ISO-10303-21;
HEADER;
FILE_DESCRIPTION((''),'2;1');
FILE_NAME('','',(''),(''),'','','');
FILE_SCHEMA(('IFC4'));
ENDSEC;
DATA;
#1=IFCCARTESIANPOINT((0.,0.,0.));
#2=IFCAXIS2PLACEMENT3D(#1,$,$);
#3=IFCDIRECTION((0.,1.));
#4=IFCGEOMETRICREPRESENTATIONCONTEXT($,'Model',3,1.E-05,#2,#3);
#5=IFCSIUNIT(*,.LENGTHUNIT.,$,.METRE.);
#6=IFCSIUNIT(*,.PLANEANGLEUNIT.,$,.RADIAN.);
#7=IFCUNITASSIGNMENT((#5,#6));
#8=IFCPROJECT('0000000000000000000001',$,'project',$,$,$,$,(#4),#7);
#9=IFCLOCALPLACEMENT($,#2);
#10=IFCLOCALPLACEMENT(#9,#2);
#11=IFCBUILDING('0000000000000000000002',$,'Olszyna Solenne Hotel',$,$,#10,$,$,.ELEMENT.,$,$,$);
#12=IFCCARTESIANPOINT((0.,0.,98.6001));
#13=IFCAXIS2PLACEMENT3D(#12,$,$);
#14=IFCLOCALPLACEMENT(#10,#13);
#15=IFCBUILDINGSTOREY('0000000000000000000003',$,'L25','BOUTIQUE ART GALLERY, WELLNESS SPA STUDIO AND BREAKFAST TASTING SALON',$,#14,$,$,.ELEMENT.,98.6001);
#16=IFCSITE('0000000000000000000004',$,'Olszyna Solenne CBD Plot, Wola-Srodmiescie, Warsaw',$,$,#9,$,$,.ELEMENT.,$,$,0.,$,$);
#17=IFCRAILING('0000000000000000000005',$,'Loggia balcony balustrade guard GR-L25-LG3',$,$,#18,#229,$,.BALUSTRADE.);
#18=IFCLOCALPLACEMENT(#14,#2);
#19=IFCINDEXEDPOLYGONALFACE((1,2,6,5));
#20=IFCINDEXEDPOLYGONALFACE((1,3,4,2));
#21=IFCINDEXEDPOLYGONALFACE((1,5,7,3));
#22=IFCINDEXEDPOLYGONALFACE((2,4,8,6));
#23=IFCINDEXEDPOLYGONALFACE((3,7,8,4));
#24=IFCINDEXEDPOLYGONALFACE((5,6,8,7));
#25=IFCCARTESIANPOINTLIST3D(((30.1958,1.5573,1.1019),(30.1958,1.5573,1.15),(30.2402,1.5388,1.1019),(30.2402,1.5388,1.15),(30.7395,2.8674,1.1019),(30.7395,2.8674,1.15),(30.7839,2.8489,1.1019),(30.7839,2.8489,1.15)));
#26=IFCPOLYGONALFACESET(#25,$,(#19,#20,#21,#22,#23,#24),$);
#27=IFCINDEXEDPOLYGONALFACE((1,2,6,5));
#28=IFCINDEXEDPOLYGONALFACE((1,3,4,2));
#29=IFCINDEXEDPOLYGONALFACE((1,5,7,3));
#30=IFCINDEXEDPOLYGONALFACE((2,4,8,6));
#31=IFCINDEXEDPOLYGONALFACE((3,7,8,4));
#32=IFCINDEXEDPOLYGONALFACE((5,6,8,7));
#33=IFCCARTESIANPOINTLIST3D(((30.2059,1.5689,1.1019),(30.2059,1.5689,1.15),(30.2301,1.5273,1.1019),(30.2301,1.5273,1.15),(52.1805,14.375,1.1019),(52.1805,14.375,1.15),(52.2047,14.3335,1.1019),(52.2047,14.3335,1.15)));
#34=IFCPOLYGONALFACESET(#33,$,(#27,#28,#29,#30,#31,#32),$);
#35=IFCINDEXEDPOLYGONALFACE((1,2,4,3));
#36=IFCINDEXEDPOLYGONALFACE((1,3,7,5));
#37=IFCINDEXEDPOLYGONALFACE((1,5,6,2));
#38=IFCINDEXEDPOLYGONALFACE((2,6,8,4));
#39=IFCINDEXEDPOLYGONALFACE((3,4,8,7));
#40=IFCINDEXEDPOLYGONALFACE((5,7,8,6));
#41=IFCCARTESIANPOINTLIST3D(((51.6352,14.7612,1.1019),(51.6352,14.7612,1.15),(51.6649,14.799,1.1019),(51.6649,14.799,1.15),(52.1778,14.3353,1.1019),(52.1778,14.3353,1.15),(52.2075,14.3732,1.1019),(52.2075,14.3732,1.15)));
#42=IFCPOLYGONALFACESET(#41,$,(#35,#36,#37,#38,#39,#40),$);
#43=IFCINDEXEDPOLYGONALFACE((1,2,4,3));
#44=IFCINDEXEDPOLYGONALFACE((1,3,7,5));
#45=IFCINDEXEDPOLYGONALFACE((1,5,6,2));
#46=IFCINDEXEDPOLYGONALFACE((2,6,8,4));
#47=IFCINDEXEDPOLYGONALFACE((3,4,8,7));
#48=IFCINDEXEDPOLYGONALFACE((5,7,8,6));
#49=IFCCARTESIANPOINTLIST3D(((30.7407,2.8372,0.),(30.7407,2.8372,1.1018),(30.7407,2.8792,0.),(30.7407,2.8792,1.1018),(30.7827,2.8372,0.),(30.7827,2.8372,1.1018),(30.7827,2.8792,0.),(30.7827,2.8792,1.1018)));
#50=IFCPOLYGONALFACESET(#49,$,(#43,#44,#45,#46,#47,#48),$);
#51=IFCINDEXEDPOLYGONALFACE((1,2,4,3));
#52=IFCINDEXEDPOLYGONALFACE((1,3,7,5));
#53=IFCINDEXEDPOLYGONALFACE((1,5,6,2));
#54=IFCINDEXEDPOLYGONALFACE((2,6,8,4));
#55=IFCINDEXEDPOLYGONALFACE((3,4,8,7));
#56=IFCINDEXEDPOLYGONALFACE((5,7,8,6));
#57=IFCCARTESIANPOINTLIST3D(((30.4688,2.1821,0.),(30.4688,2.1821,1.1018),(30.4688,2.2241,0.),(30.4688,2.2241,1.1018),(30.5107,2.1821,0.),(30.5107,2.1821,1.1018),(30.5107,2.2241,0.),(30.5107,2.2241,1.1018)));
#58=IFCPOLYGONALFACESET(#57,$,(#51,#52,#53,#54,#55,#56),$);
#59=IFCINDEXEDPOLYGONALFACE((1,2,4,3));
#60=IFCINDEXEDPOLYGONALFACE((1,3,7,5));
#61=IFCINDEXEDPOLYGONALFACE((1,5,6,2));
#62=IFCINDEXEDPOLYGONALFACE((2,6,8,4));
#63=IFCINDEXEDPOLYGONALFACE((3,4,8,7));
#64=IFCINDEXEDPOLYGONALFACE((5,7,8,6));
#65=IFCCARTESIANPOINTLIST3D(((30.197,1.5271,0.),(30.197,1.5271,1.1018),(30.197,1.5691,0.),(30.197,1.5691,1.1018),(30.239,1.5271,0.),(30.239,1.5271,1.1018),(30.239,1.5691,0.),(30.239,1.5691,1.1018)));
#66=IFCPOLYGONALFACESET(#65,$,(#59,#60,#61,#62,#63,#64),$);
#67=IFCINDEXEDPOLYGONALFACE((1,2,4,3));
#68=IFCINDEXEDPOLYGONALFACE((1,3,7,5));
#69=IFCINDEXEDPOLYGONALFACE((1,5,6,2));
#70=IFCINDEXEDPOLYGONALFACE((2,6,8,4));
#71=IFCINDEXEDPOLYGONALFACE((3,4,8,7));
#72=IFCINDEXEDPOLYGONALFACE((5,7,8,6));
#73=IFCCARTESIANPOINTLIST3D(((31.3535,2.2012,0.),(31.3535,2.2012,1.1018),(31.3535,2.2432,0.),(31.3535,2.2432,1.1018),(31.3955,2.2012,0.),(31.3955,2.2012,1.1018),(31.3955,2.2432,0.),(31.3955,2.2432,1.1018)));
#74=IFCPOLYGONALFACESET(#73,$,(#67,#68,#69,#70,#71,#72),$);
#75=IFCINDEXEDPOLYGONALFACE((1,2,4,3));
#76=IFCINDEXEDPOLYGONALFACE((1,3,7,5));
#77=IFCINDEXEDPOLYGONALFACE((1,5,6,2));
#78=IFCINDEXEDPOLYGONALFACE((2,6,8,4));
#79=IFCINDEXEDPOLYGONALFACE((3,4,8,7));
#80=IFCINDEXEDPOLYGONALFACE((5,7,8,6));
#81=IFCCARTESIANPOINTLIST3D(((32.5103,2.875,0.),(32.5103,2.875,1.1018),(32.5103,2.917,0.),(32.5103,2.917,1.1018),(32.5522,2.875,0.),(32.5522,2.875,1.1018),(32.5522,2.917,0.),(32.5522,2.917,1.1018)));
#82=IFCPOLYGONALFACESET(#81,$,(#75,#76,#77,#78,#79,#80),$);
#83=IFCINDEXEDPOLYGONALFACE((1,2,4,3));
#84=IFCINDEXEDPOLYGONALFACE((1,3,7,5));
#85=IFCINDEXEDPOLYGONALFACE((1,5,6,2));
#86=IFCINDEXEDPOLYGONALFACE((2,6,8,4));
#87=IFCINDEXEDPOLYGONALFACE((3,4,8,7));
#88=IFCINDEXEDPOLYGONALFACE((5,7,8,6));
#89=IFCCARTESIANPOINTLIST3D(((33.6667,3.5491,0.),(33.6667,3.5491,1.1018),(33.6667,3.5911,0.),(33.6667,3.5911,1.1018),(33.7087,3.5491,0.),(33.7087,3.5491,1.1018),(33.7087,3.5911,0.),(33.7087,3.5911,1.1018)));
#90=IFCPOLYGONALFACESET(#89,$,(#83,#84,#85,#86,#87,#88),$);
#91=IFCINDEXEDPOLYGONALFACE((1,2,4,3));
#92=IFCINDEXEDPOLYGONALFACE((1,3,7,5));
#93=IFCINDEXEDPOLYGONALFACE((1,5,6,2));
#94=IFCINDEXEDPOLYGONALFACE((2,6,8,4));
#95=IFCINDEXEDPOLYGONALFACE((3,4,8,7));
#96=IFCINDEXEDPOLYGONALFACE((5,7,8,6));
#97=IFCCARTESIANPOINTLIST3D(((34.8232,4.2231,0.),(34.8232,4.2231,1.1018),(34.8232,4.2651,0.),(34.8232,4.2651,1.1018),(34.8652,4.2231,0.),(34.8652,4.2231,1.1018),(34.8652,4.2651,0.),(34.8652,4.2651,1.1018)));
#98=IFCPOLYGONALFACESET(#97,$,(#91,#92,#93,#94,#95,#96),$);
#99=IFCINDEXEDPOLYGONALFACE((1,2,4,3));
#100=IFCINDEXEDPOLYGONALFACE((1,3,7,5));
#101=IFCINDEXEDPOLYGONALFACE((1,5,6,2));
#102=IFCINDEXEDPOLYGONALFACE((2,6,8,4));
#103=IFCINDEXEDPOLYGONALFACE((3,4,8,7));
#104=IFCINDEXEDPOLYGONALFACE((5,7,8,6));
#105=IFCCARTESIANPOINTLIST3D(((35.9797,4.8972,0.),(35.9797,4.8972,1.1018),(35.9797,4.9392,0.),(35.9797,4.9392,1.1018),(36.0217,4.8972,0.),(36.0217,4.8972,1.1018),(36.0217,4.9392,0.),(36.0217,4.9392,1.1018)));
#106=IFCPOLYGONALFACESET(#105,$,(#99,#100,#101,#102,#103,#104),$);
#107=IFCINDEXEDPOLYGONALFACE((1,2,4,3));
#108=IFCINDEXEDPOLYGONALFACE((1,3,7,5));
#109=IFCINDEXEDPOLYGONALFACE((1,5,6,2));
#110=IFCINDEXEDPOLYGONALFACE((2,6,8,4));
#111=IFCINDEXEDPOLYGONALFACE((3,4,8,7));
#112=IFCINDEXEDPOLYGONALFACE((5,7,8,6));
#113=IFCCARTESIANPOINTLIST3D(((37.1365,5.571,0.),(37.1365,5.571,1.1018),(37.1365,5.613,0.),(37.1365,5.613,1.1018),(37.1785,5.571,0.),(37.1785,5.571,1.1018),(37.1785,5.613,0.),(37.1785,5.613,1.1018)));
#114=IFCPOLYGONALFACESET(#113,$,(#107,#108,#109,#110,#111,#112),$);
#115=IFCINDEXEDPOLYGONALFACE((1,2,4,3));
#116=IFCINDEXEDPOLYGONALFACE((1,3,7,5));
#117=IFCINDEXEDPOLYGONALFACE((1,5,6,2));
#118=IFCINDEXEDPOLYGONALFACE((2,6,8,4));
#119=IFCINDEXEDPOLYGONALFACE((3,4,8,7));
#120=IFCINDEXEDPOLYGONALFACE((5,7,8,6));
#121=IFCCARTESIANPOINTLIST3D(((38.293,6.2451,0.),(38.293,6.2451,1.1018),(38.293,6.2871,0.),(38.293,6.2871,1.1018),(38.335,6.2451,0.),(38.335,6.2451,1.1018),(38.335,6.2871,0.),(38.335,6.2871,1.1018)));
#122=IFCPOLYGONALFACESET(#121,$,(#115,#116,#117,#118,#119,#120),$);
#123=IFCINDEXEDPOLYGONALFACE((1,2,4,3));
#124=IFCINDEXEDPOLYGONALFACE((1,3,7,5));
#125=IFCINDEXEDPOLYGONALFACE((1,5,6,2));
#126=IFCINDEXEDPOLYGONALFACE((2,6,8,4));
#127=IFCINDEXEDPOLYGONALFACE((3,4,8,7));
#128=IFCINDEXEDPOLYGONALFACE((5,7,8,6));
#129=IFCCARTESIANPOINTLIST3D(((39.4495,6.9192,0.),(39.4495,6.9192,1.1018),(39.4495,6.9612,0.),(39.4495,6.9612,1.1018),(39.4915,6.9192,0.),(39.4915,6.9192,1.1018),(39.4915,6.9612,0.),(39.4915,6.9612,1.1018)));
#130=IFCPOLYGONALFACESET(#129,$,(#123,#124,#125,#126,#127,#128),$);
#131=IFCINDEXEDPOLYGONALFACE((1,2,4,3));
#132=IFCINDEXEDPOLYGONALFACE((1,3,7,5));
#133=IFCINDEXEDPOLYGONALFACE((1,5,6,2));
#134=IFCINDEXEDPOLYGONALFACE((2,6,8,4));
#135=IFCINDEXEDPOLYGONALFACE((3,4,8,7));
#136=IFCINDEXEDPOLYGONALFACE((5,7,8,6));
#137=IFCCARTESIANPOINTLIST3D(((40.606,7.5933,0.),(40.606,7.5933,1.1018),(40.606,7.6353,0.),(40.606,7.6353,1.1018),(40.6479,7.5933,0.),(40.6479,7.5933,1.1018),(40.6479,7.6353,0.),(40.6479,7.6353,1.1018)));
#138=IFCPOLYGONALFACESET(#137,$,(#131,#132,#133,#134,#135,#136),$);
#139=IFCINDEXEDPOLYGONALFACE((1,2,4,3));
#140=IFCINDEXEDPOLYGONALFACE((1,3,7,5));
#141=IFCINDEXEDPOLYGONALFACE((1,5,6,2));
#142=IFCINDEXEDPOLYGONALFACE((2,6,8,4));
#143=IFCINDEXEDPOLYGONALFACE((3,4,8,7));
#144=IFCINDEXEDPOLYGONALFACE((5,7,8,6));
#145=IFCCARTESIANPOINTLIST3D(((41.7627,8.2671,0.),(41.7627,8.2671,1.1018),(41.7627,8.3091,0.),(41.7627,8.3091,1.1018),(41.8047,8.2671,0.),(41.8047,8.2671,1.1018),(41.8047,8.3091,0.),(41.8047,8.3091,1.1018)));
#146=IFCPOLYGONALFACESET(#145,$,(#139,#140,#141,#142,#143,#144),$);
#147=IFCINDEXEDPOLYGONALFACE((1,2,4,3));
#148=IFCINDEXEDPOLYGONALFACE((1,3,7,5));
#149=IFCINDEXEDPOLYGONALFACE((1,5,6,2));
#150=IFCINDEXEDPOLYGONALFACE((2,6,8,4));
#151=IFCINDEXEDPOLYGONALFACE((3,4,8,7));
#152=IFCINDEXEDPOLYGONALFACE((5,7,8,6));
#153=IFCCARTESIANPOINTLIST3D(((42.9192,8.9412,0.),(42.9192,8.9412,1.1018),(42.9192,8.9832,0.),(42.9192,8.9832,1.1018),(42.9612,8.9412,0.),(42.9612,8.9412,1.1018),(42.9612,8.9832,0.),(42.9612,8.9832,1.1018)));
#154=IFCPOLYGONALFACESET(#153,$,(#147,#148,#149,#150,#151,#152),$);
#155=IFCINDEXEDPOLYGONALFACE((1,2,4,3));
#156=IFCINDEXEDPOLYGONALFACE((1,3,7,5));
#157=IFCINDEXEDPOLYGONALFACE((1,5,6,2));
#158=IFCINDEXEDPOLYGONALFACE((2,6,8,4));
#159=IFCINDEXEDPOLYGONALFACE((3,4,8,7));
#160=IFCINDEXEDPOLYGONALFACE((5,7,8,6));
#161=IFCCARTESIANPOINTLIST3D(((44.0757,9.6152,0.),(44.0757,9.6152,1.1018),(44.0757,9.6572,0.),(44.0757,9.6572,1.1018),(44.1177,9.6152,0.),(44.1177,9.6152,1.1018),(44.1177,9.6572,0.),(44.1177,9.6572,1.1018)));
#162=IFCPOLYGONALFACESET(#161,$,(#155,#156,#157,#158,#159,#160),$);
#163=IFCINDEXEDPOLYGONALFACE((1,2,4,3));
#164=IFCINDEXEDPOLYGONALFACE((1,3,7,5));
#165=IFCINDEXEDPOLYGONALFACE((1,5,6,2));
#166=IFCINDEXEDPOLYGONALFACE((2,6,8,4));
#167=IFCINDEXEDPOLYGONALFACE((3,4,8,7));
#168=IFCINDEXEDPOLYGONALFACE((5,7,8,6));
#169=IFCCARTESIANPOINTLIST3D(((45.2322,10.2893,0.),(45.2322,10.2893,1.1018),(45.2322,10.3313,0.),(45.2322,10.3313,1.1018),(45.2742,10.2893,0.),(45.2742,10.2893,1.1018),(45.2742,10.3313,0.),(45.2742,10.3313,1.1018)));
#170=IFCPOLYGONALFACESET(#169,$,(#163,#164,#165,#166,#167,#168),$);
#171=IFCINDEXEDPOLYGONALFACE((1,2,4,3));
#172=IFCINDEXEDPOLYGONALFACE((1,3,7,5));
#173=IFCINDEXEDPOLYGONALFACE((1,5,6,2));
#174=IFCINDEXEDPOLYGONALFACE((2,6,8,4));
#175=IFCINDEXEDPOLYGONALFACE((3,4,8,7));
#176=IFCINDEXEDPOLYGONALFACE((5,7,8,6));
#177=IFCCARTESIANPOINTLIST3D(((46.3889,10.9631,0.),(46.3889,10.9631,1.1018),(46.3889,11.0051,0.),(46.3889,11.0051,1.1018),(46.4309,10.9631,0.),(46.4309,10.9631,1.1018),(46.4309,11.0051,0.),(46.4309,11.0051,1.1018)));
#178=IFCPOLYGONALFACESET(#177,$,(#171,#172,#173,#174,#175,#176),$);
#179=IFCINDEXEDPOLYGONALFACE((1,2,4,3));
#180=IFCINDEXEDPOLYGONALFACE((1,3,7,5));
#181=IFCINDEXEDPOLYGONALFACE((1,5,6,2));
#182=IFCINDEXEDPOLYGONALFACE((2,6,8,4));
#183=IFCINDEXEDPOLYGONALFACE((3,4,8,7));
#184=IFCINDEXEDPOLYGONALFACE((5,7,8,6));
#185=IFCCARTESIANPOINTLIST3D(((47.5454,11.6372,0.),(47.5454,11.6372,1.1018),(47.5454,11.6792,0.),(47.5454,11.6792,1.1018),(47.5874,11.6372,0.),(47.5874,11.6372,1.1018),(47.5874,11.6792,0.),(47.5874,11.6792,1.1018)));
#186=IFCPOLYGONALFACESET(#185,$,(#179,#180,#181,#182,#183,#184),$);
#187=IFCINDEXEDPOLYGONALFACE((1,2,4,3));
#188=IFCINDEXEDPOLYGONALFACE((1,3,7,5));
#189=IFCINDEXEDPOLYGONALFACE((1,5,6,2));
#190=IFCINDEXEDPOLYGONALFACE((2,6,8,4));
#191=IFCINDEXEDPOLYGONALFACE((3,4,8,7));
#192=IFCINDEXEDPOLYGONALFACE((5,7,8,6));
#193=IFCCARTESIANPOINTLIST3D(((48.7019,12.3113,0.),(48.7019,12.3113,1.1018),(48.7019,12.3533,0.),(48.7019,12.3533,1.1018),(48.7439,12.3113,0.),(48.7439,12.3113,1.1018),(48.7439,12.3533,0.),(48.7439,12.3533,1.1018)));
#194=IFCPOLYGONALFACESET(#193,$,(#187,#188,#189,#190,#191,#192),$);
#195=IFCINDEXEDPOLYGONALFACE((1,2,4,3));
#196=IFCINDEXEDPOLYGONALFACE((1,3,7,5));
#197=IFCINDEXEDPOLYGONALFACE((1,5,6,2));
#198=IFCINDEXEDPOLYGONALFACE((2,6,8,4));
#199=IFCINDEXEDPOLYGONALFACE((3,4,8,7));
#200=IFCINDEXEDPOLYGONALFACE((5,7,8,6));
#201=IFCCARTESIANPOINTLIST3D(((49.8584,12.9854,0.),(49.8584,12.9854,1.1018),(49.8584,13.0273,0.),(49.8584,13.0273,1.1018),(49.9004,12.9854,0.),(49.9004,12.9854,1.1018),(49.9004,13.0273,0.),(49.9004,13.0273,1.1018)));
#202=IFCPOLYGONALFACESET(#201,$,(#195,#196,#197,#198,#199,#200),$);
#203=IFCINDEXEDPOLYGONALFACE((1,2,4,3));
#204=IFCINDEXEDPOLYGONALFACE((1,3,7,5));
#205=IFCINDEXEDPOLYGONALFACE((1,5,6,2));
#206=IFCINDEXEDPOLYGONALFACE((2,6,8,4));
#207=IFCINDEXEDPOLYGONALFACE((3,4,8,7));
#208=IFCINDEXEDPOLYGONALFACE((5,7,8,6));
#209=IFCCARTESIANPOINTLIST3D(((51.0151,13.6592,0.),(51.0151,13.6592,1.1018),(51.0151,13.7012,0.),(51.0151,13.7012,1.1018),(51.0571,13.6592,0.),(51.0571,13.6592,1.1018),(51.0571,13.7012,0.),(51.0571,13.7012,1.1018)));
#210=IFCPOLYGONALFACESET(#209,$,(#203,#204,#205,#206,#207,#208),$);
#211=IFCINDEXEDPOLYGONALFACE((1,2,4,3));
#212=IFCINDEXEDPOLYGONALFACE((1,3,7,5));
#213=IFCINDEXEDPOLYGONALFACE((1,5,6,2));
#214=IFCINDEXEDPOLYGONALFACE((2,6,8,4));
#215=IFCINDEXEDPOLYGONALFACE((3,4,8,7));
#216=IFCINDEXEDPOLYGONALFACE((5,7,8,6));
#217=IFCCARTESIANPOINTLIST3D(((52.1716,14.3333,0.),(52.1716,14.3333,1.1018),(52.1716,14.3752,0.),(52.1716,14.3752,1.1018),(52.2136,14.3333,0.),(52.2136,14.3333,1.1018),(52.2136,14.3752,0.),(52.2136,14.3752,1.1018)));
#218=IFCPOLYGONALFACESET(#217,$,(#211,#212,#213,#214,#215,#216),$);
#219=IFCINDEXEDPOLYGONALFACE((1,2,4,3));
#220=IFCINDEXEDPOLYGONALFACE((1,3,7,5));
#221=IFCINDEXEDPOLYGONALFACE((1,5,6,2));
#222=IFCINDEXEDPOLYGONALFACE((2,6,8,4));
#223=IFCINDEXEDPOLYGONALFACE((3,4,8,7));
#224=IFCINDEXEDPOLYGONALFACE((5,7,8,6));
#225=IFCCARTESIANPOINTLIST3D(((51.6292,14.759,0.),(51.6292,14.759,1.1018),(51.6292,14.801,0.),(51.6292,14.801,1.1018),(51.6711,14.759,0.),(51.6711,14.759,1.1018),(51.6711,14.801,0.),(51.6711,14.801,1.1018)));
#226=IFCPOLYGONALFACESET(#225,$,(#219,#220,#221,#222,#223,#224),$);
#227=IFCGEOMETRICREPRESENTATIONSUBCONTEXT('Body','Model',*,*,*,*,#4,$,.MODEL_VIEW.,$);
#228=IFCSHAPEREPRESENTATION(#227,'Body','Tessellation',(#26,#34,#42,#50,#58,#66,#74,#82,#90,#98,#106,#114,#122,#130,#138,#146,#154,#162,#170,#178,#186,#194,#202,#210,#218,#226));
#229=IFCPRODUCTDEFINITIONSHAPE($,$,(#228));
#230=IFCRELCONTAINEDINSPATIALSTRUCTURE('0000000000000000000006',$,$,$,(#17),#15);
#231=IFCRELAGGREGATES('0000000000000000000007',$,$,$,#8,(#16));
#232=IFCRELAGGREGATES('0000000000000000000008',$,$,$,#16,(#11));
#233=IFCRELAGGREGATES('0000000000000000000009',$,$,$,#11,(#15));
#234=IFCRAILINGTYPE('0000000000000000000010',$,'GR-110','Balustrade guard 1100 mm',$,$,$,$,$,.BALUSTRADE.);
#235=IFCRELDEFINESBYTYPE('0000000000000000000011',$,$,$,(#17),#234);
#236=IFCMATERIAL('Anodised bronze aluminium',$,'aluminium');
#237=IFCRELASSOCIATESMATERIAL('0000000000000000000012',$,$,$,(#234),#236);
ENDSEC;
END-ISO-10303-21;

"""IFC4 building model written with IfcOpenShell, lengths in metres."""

from ifc_helpers import new_model, si_unit, direction, frame, origin, origin_2d, place, context, subcontext, project, spatial, rectangle, extrude, material, type_object, element, save


model = new_model("IFC4")

# Units and contexts
model_context = context("Model", 3, precision=1e-05, world=origin(), true_north=direction((0.0, 1.0)))
body_context = subcontext(model_context, "Body", "Model", "MODEL_VIEW")
ifc_project = project(units=[si_unit("LENGTHUNIT", "METRE"), si_unit("PLANEANGLEUNIT", "RADIAN")], contexts=[model_context])

# Site, building, storey
site_placement = place(None, origin())
site = spatial("IfcSite", under=ifc_project, at=site_placement, Name="Olszyna Solenne CBD Plot, Wola-Srodmiescie, Warsaw", CompositionType="ELEMENT", RefElevation=0.0)
building_placement = place(site_placement, origin())
building = spatial("IfcBuilding", under=site, at=building_placement, Name="Olszyna Solenne Hotel", CompositionType="ELEMENT")
storey_placement = place(building_placement, frame((0.0, 0.0, 98.6001)))
storey = spatial("IfcBuildingStorey", under=building, at=storey_placement, Name="L25", Description="BOUTIQUE ART GALLERY, WELLNESS SPA STUDIO AND BREAKFAST TASTING SALON", CompositionType="ELEMENT", Elevation=98.6001)

# Shared definitions
ifc_material_1 = material(Name="Anodised bronze aluminium", Category="aluminium")

# Railing
railing_type = type_object("IfcRailingType", Name="GR-110", Description="Balustrade guard 1100 mm", PredefinedType="BALUSTRADE", material=ifc_material_1)
railing_1_placement = place(storey_placement, frame((30.7617, 2.8582, 0.0)))
element("IfcRailing", 1, at=railing_1_placement, inside=storey, type_object=railing_type, Name="Loggia balcony balustrade guard GR-L25-LG3", PredefinedType="BALUSTRADE", context=body_context, shape_type="SweptSolid", body=[
    extrude(rectangle(XDim=0.0481, YDim=0.0481, at=origin_2d()), frame((0.0, 0.0, 1.126), z_axis=(-0.383319, -0.923616, 0.0), x_axis=(0.923616, -0.383319, 0.0)), (0.0, 0.0, 1.0), 1.4185),
    extrude(rectangle(XDim=0.0481, YDim=0.0481, at=origin_2d()), frame((-0.5437, -1.3101, 1.126), z_axis=(0.863991, 0.503508, 0.0), x_axis=(-0.503508, 0.863991, 0.0)), (0.0, 0.0, 1.0), 25.4338),
    extrude(rectangle(XDim=0.0481, YDim=0.0481, at=origin_2d()), frame((21.4309, 11.4961, 1.126), z_axis=(-0.786638, 0.617415, 0.0), x_axis=(-0.617415, -0.786638, 0.0)), (0.0, 0.0, 1.0), 0.6897),
    extrude(rectangle(XDim=0.042, YDim=0.042, at=origin_2d()), origin(), (0.0, 0.0, 1.0), 1.1018),
    extrude(rectangle(XDim=0.042, YDim=0.042, at=origin_2d()), frame((-0.272, -0.655, 0.0)), (0.0, 0.0, 1.0), 1.1018),
    extrude(rectangle(XDim=0.042, YDim=0.042, at=origin_2d()), frame((-0.5437, -1.3101, 0.0)), (0.0, 0.0, 1.0), 1.1018),
    extrude(rectangle(XDim=0.042, YDim=0.042, at=origin_2d()), frame((0.6128, -0.636, 0.0)), (0.0, 0.0, 1.0), 1.1018),
    extrude(rectangle(XDim=0.042, YDim=0.042, at=origin_2d()), frame((1.7695, 0.0378, 0.0)), (0.0, 0.0, 1.0), 1.1018),
    extrude(rectangle(XDim=0.042, YDim=0.042, at=origin_2d()), frame((2.926, 0.7119, 0.0)), (0.0, 0.0, 1.0), 1.1018),
    extrude(rectangle(XDim=0.042, YDim=0.042, at=origin_2d()), frame((4.0825, 1.386, 0.0)), (0.0, 0.0, 1.0), 1.1018),
    extrude(rectangle(XDim=0.042, YDim=0.042, at=origin_2d()), frame((5.239, 2.0601, 0.0)), (0.0, 0.0, 1.0), 1.1018),
    extrude(rectangle(XDim=0.042, YDim=0.042, at=origin_2d()), frame((6.3958, 2.7339, 0.0)), (0.0, 0.0, 1.0), 1.1018),
    extrude(rectangle(XDim=0.042, YDim=0.042, at=origin_2d()), frame((7.5522, 3.408, 0.0)), (0.0, 0.0, 1.0), 1.1018),
    extrude(rectangle(XDim=0.042, YDim=0.042, at=origin_2d()), frame((8.7087, 4.082, 0.0)), (0.0, 0.0, 1.0), 1.1018),
    extrude(rectangle(XDim=0.042, YDim=0.042, at=origin_2d()), frame((9.8652, 4.7561, 0.0)), (0.0, 0.0, 1.0), 1.1018),
    extrude(rectangle(XDim=0.042, YDim=0.042, at=origin_2d()), frame((11.022, 5.4299, 0.0)), (0.0, 0.0, 1.0), 1.1018),
    extrude(rectangle(XDim=0.042, YDim=0.042, at=origin_2d()), frame((12.1785, 6.104, 0.0)), (0.0, 0.0, 1.0), 1.1018),
    extrude(rectangle(XDim=0.042, YDim=0.042, at=origin_2d()), frame((13.335, 6.7781, 0.0)), (0.0, 0.0, 1.0), 1.1018),
    extrude(rectangle(XDim=0.042, YDim=0.042, at=origin_2d()), frame((14.4915, 7.4521, 0.0)), (0.0, 0.0, 1.0), 1.1018),
    extrude(rectangle(XDim=0.042, YDim=0.042, at=origin_2d()), frame((15.6482, 8.126, 0.0)), (0.0, 0.0, 1.0), 1.1018),
    extrude(rectangle(XDim=0.042, YDim=0.042, at=origin_2d()), frame((16.8047, 8.8, 0.0)), (0.0, 0.0, 1.0), 1.1018),
    extrude(rectangle(XDim=0.042, YDim=0.042, at=origin_2d()), frame((17.9612, 9.4741, 0.0)), (0.0, 0.0, 1.0), 1.1018),
    extrude(rectangle(XDim=0.042, YDim=0.042, at=origin_2d()), frame((19.1177, 10.1482, 0.0)), (0.0, 0.0, 1.0), 1.1018),
    extrude(rectangle(XDim=0.042, YDim=0.042, at=origin_2d()), frame((20.2744, 10.822, 0.0)), (0.0, 0.0, 1.0), 1.1018),
    extrude(rectangle(XDim=0.042, YDim=0.042, at=origin_2d()), frame((21.4309, 11.4961, 0.0)), (0.0, 0.0, 1.0), 1.1018),
    extrude(rectangle(XDim=0.042, YDim=0.042, at=origin_2d()), frame((20.8884, 11.9219, 0.0)), (0.0, 0.0, 1.0), 1.1018),
])

save(model, "model.ifc")
